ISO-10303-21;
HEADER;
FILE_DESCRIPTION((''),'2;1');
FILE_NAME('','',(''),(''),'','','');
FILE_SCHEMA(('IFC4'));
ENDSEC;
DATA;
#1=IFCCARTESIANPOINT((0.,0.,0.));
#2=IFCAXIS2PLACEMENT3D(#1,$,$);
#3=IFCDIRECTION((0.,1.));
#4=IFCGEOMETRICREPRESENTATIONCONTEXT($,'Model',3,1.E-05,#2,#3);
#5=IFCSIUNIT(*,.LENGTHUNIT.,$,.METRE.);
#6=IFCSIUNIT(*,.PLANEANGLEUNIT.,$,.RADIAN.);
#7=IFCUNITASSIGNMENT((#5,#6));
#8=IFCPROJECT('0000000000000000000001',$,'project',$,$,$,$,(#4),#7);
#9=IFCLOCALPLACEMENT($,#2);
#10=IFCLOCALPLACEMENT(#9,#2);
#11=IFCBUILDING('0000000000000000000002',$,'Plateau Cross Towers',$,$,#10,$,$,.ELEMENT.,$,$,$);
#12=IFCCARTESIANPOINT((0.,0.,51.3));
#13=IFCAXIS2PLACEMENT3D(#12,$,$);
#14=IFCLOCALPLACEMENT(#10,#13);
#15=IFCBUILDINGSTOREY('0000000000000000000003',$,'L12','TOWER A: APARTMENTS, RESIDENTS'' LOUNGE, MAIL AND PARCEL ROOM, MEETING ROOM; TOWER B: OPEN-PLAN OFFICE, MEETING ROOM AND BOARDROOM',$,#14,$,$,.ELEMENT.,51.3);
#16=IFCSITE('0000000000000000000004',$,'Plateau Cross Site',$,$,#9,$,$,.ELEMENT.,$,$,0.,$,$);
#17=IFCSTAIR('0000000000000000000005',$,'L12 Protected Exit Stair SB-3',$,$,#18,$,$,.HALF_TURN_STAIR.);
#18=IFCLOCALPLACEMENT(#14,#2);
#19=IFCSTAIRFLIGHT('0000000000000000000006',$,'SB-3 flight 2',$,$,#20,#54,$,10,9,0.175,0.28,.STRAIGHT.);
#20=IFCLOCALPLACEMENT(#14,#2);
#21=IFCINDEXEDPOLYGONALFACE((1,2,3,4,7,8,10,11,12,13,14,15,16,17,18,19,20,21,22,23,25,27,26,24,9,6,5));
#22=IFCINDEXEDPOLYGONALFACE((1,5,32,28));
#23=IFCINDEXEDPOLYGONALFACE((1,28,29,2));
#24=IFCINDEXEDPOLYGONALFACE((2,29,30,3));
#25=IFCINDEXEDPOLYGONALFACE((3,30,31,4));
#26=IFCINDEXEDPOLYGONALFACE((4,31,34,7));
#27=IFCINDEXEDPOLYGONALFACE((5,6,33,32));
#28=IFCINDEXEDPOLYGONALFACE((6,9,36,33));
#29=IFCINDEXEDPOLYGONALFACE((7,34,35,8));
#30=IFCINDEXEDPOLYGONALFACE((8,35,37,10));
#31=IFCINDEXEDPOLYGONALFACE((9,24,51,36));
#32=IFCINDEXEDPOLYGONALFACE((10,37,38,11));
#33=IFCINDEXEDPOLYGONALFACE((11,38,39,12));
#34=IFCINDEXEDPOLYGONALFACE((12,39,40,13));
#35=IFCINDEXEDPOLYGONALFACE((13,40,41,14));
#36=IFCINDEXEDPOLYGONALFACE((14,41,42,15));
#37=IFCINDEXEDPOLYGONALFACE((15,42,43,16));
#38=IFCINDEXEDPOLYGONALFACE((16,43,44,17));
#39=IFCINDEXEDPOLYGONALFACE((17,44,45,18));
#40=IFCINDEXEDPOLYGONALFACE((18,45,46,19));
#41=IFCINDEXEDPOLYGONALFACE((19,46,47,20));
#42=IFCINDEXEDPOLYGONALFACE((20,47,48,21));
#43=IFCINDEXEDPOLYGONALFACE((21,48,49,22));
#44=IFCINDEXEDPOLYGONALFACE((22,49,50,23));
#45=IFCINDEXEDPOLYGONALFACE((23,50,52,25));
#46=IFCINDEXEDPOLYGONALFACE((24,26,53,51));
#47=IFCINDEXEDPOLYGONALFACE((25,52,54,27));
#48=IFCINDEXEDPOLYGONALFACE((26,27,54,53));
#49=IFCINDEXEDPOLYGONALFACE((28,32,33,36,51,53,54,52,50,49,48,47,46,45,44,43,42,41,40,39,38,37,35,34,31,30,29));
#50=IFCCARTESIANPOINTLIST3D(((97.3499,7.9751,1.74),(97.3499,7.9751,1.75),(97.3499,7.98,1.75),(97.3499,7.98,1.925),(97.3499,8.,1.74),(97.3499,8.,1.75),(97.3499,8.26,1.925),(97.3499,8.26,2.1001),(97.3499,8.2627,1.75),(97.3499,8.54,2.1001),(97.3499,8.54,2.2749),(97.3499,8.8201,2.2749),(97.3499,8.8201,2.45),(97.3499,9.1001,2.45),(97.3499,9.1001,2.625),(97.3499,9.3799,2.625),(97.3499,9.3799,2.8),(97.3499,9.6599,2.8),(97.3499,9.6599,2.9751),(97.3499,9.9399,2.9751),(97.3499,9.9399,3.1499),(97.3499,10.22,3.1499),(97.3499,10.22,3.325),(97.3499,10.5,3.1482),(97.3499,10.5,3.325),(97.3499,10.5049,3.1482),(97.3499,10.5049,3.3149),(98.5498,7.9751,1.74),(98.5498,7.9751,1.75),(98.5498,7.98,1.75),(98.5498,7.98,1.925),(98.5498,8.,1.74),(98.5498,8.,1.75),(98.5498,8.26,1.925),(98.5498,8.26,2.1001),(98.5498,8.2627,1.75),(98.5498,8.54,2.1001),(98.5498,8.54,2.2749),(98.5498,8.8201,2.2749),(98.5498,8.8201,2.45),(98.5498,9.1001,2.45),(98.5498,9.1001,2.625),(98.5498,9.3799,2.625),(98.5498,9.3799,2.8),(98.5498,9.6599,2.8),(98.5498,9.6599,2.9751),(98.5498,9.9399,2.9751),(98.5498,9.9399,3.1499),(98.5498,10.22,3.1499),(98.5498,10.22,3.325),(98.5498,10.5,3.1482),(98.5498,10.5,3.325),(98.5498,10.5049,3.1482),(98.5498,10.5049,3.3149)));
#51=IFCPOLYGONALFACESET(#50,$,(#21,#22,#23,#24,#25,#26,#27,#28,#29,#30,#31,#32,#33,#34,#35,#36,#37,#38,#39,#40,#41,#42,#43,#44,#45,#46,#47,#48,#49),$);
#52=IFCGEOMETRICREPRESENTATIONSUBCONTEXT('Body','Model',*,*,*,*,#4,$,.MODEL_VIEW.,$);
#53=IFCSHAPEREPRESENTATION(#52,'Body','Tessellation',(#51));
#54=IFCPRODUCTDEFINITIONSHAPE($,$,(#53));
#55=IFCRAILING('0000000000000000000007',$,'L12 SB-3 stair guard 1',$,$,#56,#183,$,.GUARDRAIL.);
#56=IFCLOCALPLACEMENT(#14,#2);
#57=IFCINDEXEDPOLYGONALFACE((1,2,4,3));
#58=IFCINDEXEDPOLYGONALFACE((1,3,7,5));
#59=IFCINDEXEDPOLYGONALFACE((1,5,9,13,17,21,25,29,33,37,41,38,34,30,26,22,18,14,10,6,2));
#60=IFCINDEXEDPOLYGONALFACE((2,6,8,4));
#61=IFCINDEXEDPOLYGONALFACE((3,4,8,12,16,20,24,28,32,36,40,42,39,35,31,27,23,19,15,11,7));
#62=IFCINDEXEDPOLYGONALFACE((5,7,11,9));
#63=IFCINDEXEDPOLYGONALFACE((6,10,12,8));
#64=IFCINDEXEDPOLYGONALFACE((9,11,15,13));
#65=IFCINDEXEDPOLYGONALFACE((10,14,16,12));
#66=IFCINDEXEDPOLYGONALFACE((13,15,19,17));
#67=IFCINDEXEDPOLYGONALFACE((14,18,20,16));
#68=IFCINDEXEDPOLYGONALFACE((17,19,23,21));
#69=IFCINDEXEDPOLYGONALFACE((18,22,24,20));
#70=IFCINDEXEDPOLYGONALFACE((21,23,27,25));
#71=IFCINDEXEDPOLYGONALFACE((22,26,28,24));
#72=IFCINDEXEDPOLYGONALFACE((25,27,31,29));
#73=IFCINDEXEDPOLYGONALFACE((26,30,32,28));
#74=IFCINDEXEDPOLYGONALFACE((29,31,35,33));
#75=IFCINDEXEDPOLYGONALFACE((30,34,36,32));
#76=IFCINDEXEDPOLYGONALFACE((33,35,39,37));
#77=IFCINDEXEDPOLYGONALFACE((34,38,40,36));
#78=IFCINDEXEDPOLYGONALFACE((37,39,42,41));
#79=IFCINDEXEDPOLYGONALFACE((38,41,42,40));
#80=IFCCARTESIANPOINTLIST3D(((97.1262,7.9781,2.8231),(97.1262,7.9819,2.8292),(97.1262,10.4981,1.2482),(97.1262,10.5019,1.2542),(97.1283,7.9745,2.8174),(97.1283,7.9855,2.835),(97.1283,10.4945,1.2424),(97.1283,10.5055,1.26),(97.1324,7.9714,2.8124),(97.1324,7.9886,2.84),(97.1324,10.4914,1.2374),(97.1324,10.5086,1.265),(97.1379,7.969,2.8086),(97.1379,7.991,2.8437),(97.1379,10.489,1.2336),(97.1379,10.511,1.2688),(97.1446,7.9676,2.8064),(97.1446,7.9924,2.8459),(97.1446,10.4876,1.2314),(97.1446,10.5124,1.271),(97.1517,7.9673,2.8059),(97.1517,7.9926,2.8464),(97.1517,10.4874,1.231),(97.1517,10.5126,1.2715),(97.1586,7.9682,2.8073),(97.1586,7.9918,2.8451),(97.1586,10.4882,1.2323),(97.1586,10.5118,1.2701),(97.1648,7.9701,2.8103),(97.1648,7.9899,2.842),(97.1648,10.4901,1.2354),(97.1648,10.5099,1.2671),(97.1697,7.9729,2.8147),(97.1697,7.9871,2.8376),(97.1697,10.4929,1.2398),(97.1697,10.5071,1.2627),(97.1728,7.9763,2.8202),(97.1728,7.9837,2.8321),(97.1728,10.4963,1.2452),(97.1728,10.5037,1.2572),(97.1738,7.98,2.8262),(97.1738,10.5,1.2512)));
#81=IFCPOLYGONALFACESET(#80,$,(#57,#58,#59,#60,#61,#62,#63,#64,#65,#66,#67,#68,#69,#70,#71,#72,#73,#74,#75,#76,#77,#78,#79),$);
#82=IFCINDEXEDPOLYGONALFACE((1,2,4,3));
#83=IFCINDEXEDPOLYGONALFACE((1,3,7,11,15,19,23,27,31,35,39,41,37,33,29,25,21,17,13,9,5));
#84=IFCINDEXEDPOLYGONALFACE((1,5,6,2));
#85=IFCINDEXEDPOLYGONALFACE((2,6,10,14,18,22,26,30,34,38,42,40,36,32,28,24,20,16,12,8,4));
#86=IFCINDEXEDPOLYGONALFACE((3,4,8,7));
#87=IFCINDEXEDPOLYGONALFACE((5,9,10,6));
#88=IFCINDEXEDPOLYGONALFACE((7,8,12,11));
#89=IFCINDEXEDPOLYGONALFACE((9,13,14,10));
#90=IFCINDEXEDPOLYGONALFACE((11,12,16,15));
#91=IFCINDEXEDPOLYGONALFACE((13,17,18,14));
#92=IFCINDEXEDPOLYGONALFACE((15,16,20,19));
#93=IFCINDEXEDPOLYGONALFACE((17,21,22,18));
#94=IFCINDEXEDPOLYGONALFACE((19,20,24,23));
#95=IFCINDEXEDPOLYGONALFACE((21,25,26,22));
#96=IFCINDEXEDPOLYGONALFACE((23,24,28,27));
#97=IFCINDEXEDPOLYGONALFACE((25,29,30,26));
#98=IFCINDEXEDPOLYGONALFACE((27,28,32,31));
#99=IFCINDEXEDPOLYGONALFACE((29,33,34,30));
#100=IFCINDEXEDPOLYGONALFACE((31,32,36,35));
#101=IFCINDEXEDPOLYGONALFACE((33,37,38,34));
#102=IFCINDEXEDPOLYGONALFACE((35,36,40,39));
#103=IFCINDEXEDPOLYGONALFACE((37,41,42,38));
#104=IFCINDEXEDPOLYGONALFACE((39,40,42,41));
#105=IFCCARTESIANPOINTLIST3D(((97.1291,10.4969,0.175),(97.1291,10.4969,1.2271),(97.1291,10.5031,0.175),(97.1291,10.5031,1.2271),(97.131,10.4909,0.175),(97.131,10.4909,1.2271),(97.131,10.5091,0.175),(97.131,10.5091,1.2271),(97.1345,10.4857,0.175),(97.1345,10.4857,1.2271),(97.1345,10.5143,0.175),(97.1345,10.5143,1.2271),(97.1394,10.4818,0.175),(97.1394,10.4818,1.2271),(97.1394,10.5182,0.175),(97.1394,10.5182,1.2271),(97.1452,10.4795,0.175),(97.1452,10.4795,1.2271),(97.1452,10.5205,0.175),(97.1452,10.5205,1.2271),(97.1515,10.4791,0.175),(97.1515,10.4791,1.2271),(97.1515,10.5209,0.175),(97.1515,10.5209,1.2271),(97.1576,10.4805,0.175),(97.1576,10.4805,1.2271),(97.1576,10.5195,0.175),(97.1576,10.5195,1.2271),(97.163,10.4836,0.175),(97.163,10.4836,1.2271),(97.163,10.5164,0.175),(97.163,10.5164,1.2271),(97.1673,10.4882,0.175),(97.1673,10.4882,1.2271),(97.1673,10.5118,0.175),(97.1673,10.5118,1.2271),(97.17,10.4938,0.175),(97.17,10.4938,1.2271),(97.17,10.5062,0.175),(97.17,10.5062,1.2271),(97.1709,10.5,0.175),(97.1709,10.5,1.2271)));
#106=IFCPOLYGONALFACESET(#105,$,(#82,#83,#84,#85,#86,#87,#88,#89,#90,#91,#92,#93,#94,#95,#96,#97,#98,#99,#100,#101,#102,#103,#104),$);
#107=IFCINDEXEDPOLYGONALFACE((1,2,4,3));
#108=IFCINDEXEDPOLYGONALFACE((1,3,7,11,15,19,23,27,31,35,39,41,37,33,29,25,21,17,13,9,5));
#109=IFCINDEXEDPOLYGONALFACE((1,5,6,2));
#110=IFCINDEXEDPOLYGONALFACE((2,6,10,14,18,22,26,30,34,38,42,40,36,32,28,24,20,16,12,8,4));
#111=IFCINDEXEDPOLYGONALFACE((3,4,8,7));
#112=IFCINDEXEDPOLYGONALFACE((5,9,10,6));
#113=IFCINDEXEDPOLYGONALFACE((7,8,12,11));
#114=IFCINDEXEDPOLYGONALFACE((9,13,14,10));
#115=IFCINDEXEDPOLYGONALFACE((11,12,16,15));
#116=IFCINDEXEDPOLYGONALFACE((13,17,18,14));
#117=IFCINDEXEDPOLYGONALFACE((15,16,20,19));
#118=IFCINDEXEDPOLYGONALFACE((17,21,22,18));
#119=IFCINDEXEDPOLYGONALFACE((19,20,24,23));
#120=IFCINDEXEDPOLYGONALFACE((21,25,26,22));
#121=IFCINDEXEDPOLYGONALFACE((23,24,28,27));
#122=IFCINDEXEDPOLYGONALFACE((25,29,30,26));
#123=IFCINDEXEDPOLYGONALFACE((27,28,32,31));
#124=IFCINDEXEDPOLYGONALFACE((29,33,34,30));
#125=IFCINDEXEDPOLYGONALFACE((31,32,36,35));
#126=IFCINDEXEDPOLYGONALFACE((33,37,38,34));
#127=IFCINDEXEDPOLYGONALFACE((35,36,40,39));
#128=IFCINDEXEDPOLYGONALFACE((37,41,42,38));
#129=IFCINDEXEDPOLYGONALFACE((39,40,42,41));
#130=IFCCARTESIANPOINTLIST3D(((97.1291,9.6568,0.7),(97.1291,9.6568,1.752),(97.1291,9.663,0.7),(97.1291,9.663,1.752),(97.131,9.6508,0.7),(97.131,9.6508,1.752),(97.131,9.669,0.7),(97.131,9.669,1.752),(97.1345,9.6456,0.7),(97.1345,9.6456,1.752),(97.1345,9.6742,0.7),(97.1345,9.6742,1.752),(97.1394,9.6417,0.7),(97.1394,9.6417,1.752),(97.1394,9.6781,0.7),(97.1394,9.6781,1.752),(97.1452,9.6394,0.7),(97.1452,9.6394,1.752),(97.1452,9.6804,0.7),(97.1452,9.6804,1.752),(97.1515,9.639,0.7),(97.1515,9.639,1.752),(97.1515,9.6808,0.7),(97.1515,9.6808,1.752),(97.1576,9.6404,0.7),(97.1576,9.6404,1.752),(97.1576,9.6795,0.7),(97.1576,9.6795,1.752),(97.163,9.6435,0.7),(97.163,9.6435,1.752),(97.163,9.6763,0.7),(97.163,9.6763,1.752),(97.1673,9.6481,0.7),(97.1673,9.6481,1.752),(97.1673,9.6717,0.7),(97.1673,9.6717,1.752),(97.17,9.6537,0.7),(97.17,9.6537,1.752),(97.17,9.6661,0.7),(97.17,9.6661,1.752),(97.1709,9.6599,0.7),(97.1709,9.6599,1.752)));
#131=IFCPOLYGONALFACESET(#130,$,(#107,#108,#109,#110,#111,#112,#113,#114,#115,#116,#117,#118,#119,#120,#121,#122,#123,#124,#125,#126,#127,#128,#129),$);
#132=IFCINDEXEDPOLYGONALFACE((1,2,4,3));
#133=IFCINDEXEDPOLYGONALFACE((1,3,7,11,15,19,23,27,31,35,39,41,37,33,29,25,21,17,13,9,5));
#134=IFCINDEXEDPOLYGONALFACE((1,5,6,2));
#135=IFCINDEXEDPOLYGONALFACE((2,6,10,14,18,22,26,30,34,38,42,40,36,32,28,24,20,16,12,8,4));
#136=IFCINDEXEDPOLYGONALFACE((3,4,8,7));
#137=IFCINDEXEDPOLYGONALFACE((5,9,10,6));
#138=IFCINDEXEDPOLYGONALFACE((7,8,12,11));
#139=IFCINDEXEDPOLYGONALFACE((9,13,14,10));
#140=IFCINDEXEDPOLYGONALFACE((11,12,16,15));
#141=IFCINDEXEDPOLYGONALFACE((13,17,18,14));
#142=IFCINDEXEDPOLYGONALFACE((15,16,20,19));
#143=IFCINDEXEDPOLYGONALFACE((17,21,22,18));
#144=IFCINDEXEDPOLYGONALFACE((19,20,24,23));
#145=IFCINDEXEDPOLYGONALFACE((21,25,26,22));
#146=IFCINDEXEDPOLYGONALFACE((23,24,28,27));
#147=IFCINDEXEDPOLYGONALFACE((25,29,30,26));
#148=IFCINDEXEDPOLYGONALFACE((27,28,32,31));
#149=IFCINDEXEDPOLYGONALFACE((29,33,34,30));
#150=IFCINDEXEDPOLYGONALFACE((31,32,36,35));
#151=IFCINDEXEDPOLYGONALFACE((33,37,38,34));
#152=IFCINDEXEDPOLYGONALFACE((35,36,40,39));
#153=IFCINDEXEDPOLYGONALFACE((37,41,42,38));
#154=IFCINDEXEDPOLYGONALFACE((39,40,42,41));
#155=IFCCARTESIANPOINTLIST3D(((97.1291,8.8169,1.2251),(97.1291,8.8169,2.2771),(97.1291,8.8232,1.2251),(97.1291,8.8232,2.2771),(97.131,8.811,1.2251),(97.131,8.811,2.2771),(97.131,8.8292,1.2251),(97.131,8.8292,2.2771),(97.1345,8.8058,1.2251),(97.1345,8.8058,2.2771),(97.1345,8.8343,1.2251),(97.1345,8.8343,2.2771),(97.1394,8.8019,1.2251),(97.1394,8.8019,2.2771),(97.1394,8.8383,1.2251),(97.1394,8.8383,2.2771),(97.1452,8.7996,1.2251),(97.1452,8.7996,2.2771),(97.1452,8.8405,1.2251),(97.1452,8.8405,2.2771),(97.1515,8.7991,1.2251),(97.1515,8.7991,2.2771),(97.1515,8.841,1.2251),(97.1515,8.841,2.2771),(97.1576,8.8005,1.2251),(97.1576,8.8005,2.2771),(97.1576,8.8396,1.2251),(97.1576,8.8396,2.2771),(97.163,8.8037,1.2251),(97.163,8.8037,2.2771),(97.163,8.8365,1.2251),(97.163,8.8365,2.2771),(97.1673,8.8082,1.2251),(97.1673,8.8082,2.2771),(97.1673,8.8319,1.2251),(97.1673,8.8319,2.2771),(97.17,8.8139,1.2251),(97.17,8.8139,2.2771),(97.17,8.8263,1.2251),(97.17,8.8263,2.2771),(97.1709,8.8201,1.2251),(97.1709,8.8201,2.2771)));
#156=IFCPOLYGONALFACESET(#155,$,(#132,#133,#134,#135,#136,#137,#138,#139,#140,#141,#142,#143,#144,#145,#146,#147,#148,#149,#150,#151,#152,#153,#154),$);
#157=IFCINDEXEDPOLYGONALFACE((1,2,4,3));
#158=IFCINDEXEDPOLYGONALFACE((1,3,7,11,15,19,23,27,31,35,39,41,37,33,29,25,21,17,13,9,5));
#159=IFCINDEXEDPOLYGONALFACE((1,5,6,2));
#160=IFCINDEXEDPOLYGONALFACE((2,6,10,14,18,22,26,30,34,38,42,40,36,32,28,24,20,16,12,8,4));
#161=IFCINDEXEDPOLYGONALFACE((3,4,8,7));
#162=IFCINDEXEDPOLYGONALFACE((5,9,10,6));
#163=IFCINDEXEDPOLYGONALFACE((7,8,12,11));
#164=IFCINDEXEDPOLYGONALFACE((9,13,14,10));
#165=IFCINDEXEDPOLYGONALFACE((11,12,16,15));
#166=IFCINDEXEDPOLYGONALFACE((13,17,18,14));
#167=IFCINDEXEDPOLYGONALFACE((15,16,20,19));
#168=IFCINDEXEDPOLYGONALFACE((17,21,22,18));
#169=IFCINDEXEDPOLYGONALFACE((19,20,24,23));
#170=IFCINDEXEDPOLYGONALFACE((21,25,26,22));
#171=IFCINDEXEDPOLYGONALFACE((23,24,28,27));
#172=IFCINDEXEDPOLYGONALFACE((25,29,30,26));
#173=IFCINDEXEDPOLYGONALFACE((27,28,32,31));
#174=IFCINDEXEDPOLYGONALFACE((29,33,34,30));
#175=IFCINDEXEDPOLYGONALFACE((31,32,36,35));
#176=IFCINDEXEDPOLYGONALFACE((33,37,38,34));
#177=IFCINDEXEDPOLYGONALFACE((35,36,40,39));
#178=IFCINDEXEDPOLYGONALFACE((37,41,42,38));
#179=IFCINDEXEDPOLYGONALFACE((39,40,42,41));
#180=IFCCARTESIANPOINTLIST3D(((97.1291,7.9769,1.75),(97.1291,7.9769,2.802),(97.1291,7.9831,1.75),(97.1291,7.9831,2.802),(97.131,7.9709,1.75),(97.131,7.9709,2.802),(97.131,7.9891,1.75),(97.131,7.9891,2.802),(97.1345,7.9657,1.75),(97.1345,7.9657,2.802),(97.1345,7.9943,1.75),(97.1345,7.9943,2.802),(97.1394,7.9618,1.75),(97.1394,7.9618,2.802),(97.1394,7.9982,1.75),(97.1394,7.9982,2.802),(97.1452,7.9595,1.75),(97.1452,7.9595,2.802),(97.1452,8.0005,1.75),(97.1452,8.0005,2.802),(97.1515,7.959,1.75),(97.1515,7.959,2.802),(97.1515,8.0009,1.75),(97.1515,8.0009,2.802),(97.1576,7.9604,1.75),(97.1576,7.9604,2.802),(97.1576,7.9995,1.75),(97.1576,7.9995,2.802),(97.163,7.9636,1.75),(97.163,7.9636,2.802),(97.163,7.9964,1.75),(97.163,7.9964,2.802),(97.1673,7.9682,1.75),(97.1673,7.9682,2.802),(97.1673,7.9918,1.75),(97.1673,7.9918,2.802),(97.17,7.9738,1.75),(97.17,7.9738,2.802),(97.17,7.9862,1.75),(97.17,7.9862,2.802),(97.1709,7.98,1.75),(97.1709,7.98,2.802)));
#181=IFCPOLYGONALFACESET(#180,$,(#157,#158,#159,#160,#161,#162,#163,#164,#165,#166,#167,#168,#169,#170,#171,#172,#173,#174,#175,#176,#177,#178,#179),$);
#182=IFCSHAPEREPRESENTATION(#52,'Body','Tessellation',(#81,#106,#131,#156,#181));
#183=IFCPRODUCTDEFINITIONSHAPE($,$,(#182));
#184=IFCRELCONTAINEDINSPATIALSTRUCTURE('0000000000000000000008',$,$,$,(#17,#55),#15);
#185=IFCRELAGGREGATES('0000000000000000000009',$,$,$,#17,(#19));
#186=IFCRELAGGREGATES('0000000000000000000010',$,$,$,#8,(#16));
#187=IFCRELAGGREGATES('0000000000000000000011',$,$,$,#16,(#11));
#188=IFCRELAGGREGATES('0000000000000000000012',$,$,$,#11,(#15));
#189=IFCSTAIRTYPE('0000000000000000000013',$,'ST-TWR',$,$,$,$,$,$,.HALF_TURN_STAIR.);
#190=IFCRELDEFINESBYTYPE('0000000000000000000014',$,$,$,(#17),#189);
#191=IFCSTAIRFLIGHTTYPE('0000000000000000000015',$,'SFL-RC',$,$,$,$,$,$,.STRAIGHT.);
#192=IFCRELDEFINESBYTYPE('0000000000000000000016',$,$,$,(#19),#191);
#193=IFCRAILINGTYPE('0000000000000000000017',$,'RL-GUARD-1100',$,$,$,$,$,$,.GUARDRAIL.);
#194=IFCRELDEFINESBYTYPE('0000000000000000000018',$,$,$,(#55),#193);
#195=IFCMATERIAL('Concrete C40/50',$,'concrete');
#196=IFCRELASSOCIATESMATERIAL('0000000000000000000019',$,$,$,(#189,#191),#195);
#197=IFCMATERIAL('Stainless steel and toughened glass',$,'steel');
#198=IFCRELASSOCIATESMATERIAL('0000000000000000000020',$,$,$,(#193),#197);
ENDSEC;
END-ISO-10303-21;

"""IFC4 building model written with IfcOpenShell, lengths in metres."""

from ifc_helpers import new_model, si_unit, direction, frame, origin, origin_2d, place, context, subcontext, project, spatial, polyline, circle, outline, extrude, material, type_object, element, aggregate, save


model = new_model("IFC4")

# Units and contexts
model_context = context("Model", 3, precision=1e-05, world=origin(), true_north=direction((0.0, 1.0)))
body_context = subcontext(model_context, "Body", "Model", "MODEL_VIEW")
ifc_project = project(units=[si_unit("LENGTHUNIT", "METRE"), si_unit("PLANEANGLEUNIT", "RADIAN")], contexts=[model_context])

# Site, building, storey
site_placement = place(None, origin())
site = spatial("IfcSite", under=ifc_project, at=site_placement, Name="Plateau Cross Site", CompositionType="ELEMENT", RefElevation=0.0)
building_placement = place(site_placement, origin())
building = spatial("IfcBuilding", under=site, at=building_placement, Name="Plateau Cross Towers", CompositionType="ELEMENT")
storey_placement = place(building_placement, frame((0.0, 0.0, 51.3)))
storey = spatial("IfcBuildingStorey", under=building, at=storey_placement, Name="L12", Description="TOWER A: APARTMENTS, RESIDENTS' LOUNGE, MAIL AND PARCEL ROOM, MEETING ROOM; TOWER B: OPEN-PLAN OFFICE, MEETING ROOM AND BOARDROOM", CompositionType="ELEMENT", Elevation=51.3)

# Stair, stair flight
ifc_material_1 = material(Name="Concrete C40/50", Category="concrete")
stair_type = type_object("IfcStairType", Name="ST-TWR", PredefinedType="HALF_TURN_STAIR", material=ifc_material_1)
stair_placement = place(storey_placement, origin())
stair = element("IfcStair", 1, at=stair_placement, inside=storey, type_object=stair_type, Name="L12 Protected Exit Stair SB-3", PredefinedType="HALF_TURN_STAIR")
stair_flight_type = type_object("IfcStairFlightType", Name="SFL-RC", PredefinedType="STRAIGHT", material=ifc_material_1)
stair_flight_1_placement = place(storey_placement, frame((97.95, 7.98, 1.75), z_axis=(0.0, 0.0, 1.0), x_axis=(0.0, 1.0, 0.0)))
stair_flight_1 = element("IfcStairFlight", 2, at=stair_flight_1_placement, type_object=stair_flight_type, Name="SB-3 flight 2", NumberOfRisers=10, NumberOfTreads=9, PredefinedType="STRAIGHT", RiserHeight=0.175, TreadLength=0.28, context=body_context, shape_type="SweptSolid", body=[
    extrude(outline(polyline([(-0.0049, -0.01), (-0.0049, 0.0), (0.0, 0.0), (0.0, 0.175), (0.28, 0.175), (0.28, 0.3501), (0.5601, 0.3501), (0.5601, 0.5249), (0.8401, 0.5249), (0.8401, 0.7), (1.1201, 0.7), (1.1201, 0.875), (1.3999, 0.875), (1.3999, 1.05), (1.6799, 1.05), (1.6799, 1.2251), (1.96, 1.2251), (1.96, 1.3999), (2.24, 1.3999), (2.24, 1.575), (2.52, 1.575), (2.5249, 1.5649), (2.5249, 1.3982), (2.52, 1.3982), (0.2827, 0.0), (0.02, 0.0), (0.02, -0.01), (-0.0049, -0.01)])), frame((0.0, 0.6001, 0.0), z_axis=(0.0, -1.0, 0.0), x_axis=(1.0, 0.0, 0.0)), (0.0, 0.0, 1.0), 1.2),
])
aggregate(stair, [stair_flight_1])

# Railing
ifc_material_2 = material(Name="Stainless steel and toughened glass", Category="steel")
railing_type_1 = type_object("IfcRailingType", Name="RL-GUARD-1100", PredefinedType="GUARDRAIL", material=ifc_material_2)
railing_1_placement = place(storey_placement, frame((97.1499, 10.5, 0.175)))
element("IfcRailing", 3, at=railing_1_placement, inside=storey, type_object=railing_type_1, Name="L12 SB-3 stair guard 1", PredefinedType="GUARDRAIL", context=body_context, shape_type="SweptSolid", body=[
    extrude(circle(Radius=0.0239, at=origin_2d()), frame((0.0, 0.0, 1.0762), z_axis=(0.0, -0.848008, 0.529984), x_axis=(1.0, 0.0, 0.0)), (0.0, 0.0, 1.0), 2.9717),
    extrude(circle(Radius=0.021, at=origin_2d()), origin(), (0.0, 0.0, 1.0), 1.052),
    extrude(circle(Radius=0.021, at=origin_2d()), frame((0.0, -0.8401, 0.5249)), (0.0, 0.0, 1.0), 1.052),
    extrude(circle(Radius=0.021, at=origin_2d()), frame((0.0, -1.6799, 1.05)), (0.0, 0.0, 1.0), 1.052),
    extrude(circle(Radius=0.021, at=origin_2d()), frame((0.0, -2.52, 1.575)), (0.0, 0.0, 1.0), 1.052),
])

save(model, "model.ifc")
